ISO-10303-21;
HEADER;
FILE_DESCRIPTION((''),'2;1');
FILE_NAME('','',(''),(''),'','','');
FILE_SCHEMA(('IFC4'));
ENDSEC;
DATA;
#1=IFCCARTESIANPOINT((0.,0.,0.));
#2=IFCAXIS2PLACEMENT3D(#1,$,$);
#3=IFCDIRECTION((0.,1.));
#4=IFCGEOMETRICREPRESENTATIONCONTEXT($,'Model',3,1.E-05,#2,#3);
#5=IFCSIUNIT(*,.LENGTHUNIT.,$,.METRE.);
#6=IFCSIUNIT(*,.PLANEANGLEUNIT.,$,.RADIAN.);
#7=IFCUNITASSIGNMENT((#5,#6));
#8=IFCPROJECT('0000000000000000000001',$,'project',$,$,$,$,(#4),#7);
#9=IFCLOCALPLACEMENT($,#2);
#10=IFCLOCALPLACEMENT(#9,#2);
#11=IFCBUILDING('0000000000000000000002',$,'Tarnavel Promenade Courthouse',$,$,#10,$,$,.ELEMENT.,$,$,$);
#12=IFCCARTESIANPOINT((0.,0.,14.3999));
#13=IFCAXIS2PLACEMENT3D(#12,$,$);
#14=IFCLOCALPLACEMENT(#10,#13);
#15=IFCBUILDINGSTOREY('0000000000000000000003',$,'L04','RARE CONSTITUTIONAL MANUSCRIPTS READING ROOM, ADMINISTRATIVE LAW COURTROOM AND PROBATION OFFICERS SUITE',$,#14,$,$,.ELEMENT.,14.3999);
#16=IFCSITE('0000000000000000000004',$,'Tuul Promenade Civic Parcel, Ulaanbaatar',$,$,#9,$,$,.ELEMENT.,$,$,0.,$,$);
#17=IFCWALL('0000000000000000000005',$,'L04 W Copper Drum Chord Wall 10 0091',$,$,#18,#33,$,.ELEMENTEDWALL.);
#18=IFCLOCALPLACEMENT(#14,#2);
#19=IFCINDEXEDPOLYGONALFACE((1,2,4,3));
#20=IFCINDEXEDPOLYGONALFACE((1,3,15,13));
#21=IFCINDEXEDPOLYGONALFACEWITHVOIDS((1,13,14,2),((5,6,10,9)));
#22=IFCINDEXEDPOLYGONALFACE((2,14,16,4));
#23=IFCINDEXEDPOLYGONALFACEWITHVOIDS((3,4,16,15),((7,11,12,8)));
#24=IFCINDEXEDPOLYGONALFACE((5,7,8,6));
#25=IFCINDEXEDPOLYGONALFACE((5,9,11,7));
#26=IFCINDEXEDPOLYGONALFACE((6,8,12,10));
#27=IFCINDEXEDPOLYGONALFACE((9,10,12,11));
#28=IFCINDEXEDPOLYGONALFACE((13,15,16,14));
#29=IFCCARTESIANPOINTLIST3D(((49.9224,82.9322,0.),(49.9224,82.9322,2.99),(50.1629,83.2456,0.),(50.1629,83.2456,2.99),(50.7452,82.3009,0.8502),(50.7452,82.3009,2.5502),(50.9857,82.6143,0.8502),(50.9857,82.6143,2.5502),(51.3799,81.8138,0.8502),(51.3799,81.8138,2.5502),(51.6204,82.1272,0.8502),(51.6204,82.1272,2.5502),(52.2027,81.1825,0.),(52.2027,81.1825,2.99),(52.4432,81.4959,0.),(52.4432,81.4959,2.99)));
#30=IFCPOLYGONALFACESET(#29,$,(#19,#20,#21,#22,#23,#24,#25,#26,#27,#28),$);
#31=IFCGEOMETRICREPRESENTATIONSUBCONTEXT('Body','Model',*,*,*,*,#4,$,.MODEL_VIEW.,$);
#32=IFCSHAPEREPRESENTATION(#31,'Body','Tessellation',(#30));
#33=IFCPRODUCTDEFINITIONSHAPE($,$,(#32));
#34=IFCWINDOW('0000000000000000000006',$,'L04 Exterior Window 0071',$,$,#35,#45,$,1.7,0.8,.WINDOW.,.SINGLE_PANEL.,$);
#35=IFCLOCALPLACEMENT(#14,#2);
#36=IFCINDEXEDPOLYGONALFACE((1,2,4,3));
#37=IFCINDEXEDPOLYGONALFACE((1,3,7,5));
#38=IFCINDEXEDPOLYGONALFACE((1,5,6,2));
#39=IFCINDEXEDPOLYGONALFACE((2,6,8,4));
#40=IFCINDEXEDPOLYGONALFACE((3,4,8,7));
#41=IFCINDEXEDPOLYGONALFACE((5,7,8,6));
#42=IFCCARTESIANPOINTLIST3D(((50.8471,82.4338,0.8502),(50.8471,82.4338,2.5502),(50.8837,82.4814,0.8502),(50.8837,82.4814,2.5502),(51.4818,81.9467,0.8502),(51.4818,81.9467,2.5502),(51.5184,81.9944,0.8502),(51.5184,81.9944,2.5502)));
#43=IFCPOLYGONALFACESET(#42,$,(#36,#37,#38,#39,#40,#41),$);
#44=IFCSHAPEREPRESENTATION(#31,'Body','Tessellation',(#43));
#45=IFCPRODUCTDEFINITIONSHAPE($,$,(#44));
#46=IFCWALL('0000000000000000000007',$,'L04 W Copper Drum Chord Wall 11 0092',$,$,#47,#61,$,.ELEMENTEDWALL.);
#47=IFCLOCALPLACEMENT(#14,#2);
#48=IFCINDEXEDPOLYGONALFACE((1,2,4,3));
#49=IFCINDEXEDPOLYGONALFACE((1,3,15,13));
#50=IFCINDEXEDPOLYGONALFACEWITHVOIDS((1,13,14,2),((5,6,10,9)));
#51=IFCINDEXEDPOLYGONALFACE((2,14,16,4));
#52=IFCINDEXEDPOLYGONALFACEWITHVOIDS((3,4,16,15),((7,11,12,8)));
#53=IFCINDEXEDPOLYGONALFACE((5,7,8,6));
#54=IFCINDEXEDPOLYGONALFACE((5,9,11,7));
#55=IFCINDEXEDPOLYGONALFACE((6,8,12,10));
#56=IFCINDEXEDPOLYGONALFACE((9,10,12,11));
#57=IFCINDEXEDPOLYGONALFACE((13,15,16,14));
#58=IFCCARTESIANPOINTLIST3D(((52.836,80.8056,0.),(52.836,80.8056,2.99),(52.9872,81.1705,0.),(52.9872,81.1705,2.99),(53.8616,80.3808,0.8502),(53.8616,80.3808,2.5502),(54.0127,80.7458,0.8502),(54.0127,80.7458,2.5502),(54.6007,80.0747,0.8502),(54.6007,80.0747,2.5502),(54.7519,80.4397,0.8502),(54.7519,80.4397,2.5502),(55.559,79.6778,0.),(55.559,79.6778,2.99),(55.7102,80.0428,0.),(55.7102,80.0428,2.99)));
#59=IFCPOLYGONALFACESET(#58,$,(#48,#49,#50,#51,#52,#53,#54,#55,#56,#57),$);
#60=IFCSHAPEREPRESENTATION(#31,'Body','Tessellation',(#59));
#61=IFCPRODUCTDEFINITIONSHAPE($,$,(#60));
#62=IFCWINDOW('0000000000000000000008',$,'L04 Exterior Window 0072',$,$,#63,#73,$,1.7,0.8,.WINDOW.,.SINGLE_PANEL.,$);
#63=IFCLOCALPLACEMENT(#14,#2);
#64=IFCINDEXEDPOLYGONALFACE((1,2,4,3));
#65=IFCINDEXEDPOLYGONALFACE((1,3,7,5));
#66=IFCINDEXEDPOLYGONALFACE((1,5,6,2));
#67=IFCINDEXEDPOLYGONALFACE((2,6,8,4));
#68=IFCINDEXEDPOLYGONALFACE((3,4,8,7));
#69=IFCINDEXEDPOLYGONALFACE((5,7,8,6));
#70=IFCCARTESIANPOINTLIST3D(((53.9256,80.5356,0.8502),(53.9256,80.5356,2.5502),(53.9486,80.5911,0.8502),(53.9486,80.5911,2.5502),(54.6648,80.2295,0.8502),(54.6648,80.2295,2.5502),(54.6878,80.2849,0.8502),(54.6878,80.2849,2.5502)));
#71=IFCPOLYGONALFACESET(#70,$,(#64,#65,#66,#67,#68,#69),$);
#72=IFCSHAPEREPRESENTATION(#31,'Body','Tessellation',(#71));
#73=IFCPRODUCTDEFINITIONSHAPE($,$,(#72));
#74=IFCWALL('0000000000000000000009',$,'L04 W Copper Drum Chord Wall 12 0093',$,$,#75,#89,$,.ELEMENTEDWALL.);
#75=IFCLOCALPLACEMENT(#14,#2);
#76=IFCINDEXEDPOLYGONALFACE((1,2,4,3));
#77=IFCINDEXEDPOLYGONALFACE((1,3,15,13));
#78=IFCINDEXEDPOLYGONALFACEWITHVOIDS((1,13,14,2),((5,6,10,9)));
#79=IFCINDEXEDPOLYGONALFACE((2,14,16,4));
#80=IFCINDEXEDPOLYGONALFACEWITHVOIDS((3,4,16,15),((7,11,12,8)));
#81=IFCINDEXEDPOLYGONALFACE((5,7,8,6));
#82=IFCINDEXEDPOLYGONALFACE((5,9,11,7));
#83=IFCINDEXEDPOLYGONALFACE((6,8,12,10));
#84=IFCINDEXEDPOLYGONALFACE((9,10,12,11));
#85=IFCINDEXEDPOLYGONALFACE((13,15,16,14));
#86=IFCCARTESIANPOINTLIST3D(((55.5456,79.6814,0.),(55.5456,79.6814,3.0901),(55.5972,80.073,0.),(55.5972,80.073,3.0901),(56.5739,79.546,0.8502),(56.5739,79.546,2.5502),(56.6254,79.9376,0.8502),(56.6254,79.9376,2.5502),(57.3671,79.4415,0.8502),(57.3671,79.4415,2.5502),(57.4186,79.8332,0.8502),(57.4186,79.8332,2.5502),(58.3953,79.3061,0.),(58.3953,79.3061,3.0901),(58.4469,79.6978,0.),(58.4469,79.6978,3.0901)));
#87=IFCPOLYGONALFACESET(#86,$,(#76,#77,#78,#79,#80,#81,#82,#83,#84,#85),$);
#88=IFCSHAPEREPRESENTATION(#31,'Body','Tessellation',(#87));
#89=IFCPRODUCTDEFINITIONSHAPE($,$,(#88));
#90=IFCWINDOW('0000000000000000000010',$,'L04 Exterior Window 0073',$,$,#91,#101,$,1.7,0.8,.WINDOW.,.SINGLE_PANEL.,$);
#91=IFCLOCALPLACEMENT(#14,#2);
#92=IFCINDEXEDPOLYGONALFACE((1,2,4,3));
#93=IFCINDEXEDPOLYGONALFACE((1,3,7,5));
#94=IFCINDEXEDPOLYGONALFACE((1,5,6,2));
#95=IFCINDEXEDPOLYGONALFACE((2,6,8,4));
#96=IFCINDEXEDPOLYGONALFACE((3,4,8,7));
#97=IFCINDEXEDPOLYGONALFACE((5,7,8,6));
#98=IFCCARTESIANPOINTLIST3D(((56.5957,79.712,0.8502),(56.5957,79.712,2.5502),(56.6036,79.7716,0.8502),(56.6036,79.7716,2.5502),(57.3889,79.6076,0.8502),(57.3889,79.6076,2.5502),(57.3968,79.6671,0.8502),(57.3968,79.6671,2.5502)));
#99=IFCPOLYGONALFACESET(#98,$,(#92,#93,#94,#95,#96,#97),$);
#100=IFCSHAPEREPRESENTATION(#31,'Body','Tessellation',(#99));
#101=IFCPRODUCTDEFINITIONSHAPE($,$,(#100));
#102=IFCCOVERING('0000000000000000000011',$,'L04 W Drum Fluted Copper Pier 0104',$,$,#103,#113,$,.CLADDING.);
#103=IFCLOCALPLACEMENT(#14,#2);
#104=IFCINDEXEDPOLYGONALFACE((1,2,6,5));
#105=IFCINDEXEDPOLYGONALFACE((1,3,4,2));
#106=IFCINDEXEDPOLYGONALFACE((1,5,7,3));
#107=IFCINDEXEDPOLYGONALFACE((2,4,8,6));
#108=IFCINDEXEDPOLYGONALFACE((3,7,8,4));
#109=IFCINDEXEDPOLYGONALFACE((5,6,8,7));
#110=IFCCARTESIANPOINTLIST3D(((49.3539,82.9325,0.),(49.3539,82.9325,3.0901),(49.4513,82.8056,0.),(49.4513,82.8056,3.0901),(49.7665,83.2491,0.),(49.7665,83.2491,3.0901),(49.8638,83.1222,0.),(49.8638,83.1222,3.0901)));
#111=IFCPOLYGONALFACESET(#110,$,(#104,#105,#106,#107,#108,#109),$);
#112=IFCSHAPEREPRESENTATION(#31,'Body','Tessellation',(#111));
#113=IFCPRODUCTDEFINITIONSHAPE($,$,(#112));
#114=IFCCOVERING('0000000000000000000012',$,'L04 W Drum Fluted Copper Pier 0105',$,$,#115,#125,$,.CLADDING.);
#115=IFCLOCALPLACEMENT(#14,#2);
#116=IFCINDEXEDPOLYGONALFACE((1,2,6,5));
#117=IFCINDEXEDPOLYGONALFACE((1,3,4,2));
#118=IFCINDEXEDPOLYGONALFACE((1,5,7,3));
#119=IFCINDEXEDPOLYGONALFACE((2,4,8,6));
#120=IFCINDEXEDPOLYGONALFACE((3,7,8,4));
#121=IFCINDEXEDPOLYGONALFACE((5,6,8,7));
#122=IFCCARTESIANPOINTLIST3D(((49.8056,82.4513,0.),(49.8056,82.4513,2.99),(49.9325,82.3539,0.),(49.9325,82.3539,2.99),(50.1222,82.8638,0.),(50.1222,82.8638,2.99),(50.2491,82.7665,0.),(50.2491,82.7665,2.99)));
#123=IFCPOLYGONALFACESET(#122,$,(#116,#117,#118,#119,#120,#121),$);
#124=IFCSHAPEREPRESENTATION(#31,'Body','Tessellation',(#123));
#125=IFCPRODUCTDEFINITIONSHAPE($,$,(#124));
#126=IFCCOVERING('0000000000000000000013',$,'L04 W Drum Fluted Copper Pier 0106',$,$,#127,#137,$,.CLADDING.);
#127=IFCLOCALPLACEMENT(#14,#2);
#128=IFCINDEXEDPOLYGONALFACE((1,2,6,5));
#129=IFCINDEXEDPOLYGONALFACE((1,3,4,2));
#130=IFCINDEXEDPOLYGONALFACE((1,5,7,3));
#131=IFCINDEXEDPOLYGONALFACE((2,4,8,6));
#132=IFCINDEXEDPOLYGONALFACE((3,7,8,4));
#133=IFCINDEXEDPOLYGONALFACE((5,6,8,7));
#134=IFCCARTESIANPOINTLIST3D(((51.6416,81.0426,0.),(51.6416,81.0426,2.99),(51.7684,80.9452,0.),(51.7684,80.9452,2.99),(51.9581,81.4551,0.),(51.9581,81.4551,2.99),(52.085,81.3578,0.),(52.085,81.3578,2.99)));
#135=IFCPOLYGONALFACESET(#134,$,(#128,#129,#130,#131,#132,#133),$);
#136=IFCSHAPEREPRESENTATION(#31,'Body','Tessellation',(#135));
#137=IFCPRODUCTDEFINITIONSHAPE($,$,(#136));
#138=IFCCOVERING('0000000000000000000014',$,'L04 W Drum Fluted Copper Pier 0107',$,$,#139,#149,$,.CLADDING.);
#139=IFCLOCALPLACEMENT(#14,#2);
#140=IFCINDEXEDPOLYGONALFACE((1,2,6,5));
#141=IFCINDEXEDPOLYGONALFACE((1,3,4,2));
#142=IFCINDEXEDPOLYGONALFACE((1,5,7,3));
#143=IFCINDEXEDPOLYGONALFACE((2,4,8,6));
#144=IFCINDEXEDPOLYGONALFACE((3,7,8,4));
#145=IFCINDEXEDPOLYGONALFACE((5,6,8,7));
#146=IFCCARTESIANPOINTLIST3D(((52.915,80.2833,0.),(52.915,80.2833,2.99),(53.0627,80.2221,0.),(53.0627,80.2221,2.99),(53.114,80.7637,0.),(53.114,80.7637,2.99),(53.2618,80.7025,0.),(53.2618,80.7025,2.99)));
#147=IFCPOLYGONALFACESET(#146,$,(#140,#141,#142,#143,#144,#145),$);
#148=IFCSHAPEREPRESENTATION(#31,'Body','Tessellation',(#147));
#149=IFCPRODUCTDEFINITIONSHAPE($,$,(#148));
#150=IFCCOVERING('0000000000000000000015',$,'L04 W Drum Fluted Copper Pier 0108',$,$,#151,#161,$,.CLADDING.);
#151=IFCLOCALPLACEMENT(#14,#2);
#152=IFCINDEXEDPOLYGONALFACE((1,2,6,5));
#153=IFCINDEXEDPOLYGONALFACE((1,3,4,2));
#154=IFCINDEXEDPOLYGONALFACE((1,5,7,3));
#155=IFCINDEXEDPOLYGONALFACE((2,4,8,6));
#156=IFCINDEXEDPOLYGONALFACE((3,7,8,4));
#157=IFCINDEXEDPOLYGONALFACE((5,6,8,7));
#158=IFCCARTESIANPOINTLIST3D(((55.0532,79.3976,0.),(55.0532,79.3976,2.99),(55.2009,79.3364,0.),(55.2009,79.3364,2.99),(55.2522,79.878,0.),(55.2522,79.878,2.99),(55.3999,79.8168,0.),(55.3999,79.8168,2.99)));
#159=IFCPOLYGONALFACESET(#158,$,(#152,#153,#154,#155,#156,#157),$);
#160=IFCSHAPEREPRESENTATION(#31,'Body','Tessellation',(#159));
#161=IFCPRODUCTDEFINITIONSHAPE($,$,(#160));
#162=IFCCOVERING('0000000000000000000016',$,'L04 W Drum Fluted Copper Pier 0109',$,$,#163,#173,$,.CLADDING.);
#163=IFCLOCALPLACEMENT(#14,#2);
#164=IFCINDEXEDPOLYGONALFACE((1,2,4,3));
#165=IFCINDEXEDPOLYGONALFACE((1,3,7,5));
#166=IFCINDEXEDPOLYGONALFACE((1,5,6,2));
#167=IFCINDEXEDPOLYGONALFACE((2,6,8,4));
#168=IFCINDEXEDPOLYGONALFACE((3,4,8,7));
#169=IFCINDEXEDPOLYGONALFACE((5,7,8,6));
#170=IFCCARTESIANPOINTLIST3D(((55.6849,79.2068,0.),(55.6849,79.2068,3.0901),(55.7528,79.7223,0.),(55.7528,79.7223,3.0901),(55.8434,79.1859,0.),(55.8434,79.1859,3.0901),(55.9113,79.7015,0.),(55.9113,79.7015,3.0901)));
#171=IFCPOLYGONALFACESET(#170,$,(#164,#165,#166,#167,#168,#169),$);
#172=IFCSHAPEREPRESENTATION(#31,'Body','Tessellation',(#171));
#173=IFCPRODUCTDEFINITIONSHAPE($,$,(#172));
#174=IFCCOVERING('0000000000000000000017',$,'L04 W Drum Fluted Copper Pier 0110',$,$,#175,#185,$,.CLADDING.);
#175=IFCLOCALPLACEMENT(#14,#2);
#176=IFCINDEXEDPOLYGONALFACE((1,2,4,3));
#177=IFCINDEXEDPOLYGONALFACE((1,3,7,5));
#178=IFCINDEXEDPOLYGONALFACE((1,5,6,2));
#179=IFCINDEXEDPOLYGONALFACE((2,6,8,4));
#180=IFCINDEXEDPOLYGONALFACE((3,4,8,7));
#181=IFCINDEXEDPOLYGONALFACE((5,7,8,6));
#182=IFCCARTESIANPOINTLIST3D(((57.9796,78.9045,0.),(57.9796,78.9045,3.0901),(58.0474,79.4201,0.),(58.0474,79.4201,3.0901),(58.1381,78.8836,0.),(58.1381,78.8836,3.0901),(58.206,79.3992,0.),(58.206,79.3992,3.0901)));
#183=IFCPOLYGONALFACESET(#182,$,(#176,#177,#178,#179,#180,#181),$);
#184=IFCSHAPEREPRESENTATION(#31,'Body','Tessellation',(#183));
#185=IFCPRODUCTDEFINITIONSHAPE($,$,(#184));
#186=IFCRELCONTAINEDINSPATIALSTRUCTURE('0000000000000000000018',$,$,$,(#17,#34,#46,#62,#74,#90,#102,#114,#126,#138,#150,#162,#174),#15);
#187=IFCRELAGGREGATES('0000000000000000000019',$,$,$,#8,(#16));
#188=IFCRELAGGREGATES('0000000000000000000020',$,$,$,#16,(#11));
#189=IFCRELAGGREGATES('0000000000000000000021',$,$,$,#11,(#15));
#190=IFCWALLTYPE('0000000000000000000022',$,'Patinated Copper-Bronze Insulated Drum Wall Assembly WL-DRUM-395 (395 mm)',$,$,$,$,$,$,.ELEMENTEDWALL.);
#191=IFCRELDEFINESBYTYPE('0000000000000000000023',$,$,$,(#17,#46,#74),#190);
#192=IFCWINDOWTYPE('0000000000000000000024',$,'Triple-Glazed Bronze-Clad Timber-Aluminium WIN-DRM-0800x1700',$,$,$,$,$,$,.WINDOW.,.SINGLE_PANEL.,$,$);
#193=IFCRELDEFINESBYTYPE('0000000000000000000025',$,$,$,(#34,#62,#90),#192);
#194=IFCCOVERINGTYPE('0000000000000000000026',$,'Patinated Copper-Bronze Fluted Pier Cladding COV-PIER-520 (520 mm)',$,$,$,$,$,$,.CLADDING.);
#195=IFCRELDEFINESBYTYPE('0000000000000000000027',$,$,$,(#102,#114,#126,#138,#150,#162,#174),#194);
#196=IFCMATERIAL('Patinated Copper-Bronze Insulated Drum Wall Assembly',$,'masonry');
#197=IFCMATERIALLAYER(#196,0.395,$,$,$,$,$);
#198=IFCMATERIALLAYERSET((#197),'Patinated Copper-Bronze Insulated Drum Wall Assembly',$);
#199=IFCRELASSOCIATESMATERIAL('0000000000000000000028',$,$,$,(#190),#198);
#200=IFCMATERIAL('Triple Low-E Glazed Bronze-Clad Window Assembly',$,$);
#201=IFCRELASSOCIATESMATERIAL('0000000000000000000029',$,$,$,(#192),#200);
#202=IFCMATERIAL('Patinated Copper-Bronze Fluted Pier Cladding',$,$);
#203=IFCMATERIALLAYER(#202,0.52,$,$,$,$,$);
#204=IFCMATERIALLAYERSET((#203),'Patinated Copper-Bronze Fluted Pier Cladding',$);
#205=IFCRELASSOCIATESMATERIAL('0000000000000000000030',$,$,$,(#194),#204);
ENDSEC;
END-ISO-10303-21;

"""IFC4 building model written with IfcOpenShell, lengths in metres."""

from ifc_helpers import new_model, si_unit, direction, frame, frame_2d, origin, origin_2d, place, context, subcontext, project, spatial, rectangle, extrude, material, layer, layer_set, type_object, element, fill, save


model = new_model("IFC4")

# Units and contexts
model_context = context("Model", 3, precision=1e-05, world=origin(), true_north=direction((0.0, 1.0)))
body_context = subcontext(model_context, "Body", "Model", "MODEL_VIEW")
ifc_project = project(units=[si_unit("LENGTHUNIT", "METRE"), si_unit("PLANEANGLEUNIT", "RADIAN")], contexts=[model_context])

# Site, building, storey
site_placement = place(None, origin())
site = spatial("IfcSite", under=ifc_project, at=site_placement, Name="Tuul Promenade Civic Parcel, Ulaanbaatar", CompositionType="ELEMENT", RefElevation=0.0)
building_placement = place(site_placement, origin())
building = spatial("IfcBuilding", under=site, at=building_placement, Name="Tarnavel Promenade Courthouse", CompositionType="ELEMENT")
storey_placement = place(building_placement, frame((0.0, 0.0, 14.3999)))
storey = spatial("IfcBuildingStorey", under=building, at=storey_placement, Name="L04", Description="RARE CONSTITUTIONAL MANUSCRIPTS READING ROOM, ADMINISTRATIVE LAW COURTROOM AND PROBATION OFFICERS SUITE", CompositionType="ELEMENT", Elevation=14.3999)

# Walls, openings, windows
ifc_material_1 = material(Name="Patinated Copper-Bronze Insulated Drum Wall Assembly", Category="masonry")
ifc_layer_1 = layer(ifc_material_1, 0.395)
ifc_layer_set_1 = layer_set([ifc_layer_1], Name="Patinated Copper-Bronze Insulated Drum Wall Assembly")
wall_type = type_object("IfcWallType", Name="Patinated Copper-Bronze Insulated Drum Wall Assembly WL-DRUM-395 (395 mm)", PredefinedType="ELEMENTEDWALL", material=ifc_layer_set_1)
ifc_material_2 = material(Name="Triple Low-E Glazed Bronze-Clad Window Assembly")
window_type = type_object("IfcWindowType", Name="Triple-Glazed Bronze-Clad Timber-Aluminium WIN-DRM-0800x1700", PartitioningType="SINGLE_PANEL", PredefinedType="WINDOW", material=ifc_material_2)
wall_1_placement = place(storey_placement, frame((50.0427, 83.0889, 0.0), z_axis=(0.0, 0.0, 1.0), x_axis=(0.793347, -0.60877, 0.0)))
wall_1 = element("IfcWall", 1, at=wall_1_placement, inside=storey, type_object=wall_type, Name="L04 W Copper Drum Chord Wall 10 0091", PredefinedType="ELEMENTEDWALL", context=body_context, shape_type="SweptSolid", body=[
    extrude(rectangle(XDim=2.8743, YDim=0.395, at=frame_2d((1.437, 0.0))), origin(), (0.0, 0.0, 1.0), 2.99),
])
opening_1_placement = place(wall_1_placement, frame((1.0371, 0.0, 0.8501)))
opening_1 = element("IfcOpeningElement", 2, at=opening_1_placement, cuts=wall_1, PredefinedType="OPENING", context=body_context, shape_type="SweptSolid", body=[
    extrude(rectangle(XDim=0.8, YDim=1.7, at=frame_2d((0.3999, 0.8501))), frame((0.0, 0.2075, 0.0), z_axis=(0.0, -1.0, 0.0), x_axis=(1.0, 0.0, 0.0)), (0.0, 0.0, 1.0), 0.415),
])
window_1_placement = place(opening_1_placement, origin())
window_1 = element("IfcWindow", 3, at=window_1_placement, inside=storey, type_object=window_type, Name="L04 Exterior Window 0071", OverallHeight=1.7, OverallWidth=0.8, PartitioningType="SINGLE_PANEL", PredefinedType="WINDOW", context=body_context, shape_type="SweptSolid", body=[
    extrude(rectangle(XDim=0.8, YDim=1.7, at=frame_2d((0.3999, 0.8501))), frame((0.0, 0.03, 0.0), z_axis=(0.0, -1.0, 0.0), x_axis=(1.0, 0.0, 0.0)), (0.0, 0.0, 1.0), 0.0601),
])
fill(opening_1, window_1)
wall_2_placement = place(storey_placement, frame((52.9116, 80.988, 0.0), z_axis=(0.0, 0.0, 1.0), x_axis=(0.923901, -0.382632, 0.0)))
wall_2 = element("IfcWall", 4, at=wall_2_placement, inside=storey, type_object=wall_type, Name="L04 W Copper Drum Chord Wall 11 0092", PredefinedType="ELEMENTEDWALL", context=body_context, shape_type="SweptSolid", body=[
    extrude(rectangle(XDim=2.9473, YDim=0.395, at=frame_2d((1.4736, 0.0))), origin(), (0.0, 0.0, 1.0), 2.99),
])
opening_2_placement = place(wall_2_placement, frame((1.1101, 0.0, 0.8501)))
opening_2 = element("IfcOpeningElement", 5, at=opening_2_placement, cuts=wall_2, PredefinedType="OPENING", context=body_context, shape_type="SweptSolid", body=[
    extrude(rectangle(XDim=0.8, YDim=1.7, at=frame_2d((0.3999, 0.8501))), frame((0.0, 0.2075, 0.0), z_axis=(0.0, -1.0, 0.0), x_axis=(1.0, 0.0, 0.0)), (0.0, 0.0, 1.0), 0.415),
])
window_2_placement = place(opening_2_placement, origin())
window_2 = element("IfcWindow", 6, at=window_2_placement, inside=storey, type_object=window_type, Name="L04 Exterior Window 0072", OverallHeight=1.7, OverallWidth=0.8, PartitioningType="SINGLE_PANEL", PredefinedType="WINDOW", context=body_context, shape_type="SweptSolid", body=[
    extrude(rectangle(XDim=0.8, YDim=1.7, at=frame_2d((0.3999, 0.8501))), frame((0.0, 0.03, 0.0), z_axis=(0.0, -1.0, 0.0), x_axis=(1.0, 0.0, 0.0)), (0.0, 0.0, 1.0), 0.0601),
])
fill(opening_2, window_2)
wall_3_placement = place(storey_placement, frame((55.5715, 79.8772, 0.0), z_axis=(0.0, 0.0, 1.0), x_axis=(0.991441, -0.130556, 0.0)))
wall_3 = element("IfcWall", 7, at=wall_3_placement, inside=storey, type_object=wall_type, Name="L04 W Copper Drum Chord Wall 12 0093", PredefinedType="ELEMENTEDWALL", context=body_context, shape_type="SweptSolid", body=[
    extrude(rectangle(XDim=2.8743, YDim=0.395, at=frame_2d((1.437, 0.0))), origin(), (0.0, 0.0, 1.0), 3.0901),
])
opening_3_placement = place(wall_3_placement, frame((1.0371, 0.0, 0.8501)))
opening_3 = element("IfcOpeningElement", 8, at=opening_3_placement, cuts=wall_3, PredefinedType="OPENING", context=body_context, shape_type="SweptSolid", body=[
    extrude(rectangle(XDim=0.8, YDim=1.7, at=frame_2d((0.3999, 0.8501))), frame((0.0, 0.2075, 0.0), z_axis=(0.0, -1.0, 0.0), x_axis=(1.0, 0.0, 0.0)), (0.0, 0.0, 1.0), 0.415),
])
window_3_placement = place(opening_3_placement, origin())
window_3 = element("IfcWindow", 9, at=window_3_placement, inside=storey, type_object=window_type, Name="L04 Exterior Window 0073", OverallHeight=1.7, OverallWidth=0.8, PartitioningType="SINGLE_PANEL", PredefinedType="WINDOW", context=body_context, shape_type="SweptSolid", body=[
    extrude(rectangle(XDim=0.8, YDim=1.7, at=frame_2d((0.3999, 0.8501))), frame((0.0, 0.03, 0.0), z_axis=(0.0, -1.0, 0.0), x_axis=(1.0, 0.0, 0.0)), (0.0, 0.0, 1.0), 0.0601),
])
fill(opening_3, window_3)

# Coverings
ifc_material_3 = material(Name="Patinated Copper-Bronze Fluted Pier Cladding")
ifc_layer_2 = layer(ifc_material_3, 0.52)
ifc_layer_set_2 = layer_set([ifc_layer_2], Name="Patinated Copper-Bronze Fluted Pier Cladding")
covering_type = type_object("IfcCoveringType", Name="Patinated Copper-Bronze Fluted Pier Cladding COV-PIER-520 (520 mm)", PredefinedType="CLADDING", material=ifc_layer_set_2)
covering_placement = place(storey_placement, frame((49.6089, 83.0273, 0.0), z_axis=(0.0, 0.0, 1.0), x_axis=(0.608761, -0.793353, 0.0)))
element("IfcCovering", 10, at=covering_placement, inside=storey, type_object=covering_type, Name="L04 W Drum Fluted Copper Pier 0104", PredefinedType="CLADDING", context=body_context, shape_type="SweptSolid", body=[
    extrude(rectangle(XDim=0.1599, YDim=0.52, at=origin_2d()), origin(), (0.0, 0.0, 1.0), 3.0901),
])
for number, where, z_axis, x_axis, name in (
    (11, (50.0273, 82.6089, 0.0), (0.0, 0.0, 1.0), (0.793353, -0.608761, 0.0), "L04 W Drum Fluted Copper Pier 0105"),
    (12, (51.8633, 81.2002, 0.0), (0.0, 0.0, 1.0), (0.793353, -0.608761, 0.0), "L04 W Drum Fluted Copper Pier 0106"),
    (13, (53.0884, 80.4929, 0.0), (0.0, 0.0, 1.0), (0.92388, -0.382683, 0.0), "L04 W Drum Fluted Copper Pier 0107"),
    (14, (55.2266, 79.6072, 0.0), (0.0, 0.0, 1.0), (0.92388, -0.382683, 0.0), "L04 W Drum Fluted Copper Pier 0108"),
):
    element("IfcCovering", number, at=place(storey_placement, frame(where, z_axis=z_axis, x_axis=x_axis)), inside=storey, type_object=covering_type, Name=name, PredefinedType="CLADDING", context=body_context, shape_type="SweptSolid", body=[
        extrude(rectangle(XDim=0.1599, YDim=0.52, at=origin_2d()), origin(), (0.0, 0.0, 1.0), 2.99),
    ])
for number, where, z_axis, x_axis, name in (
    (15, (55.7981, 79.4541, 0.0), (0.0, 0.0, 1.0), (0.991445, -0.130526, 0.0), "L04 W Drum Fluted Copper Pier 0109"),
    (16, (58.0928, 79.1519, 0.0), (0.0, 0.0, 1.0), (0.991445, -0.130526, 0.0), "L04 W Drum Fluted Copper Pier 0110"),
):
    element("IfcCovering", number, at=place(storey_placement, frame(where, z_axis=z_axis, x_axis=x_axis)), inside=storey, type_object=covering_type, Name=name, PredefinedType="CLADDING", context=body_context, shape_type="SweptSolid", body=[
        extrude(rectangle(XDim=0.1599, YDim=0.52, at=origin_2d()), origin(), (0.0, 0.0, 1.0), 3.0901),
    ])

save(model, "model.ifc")
